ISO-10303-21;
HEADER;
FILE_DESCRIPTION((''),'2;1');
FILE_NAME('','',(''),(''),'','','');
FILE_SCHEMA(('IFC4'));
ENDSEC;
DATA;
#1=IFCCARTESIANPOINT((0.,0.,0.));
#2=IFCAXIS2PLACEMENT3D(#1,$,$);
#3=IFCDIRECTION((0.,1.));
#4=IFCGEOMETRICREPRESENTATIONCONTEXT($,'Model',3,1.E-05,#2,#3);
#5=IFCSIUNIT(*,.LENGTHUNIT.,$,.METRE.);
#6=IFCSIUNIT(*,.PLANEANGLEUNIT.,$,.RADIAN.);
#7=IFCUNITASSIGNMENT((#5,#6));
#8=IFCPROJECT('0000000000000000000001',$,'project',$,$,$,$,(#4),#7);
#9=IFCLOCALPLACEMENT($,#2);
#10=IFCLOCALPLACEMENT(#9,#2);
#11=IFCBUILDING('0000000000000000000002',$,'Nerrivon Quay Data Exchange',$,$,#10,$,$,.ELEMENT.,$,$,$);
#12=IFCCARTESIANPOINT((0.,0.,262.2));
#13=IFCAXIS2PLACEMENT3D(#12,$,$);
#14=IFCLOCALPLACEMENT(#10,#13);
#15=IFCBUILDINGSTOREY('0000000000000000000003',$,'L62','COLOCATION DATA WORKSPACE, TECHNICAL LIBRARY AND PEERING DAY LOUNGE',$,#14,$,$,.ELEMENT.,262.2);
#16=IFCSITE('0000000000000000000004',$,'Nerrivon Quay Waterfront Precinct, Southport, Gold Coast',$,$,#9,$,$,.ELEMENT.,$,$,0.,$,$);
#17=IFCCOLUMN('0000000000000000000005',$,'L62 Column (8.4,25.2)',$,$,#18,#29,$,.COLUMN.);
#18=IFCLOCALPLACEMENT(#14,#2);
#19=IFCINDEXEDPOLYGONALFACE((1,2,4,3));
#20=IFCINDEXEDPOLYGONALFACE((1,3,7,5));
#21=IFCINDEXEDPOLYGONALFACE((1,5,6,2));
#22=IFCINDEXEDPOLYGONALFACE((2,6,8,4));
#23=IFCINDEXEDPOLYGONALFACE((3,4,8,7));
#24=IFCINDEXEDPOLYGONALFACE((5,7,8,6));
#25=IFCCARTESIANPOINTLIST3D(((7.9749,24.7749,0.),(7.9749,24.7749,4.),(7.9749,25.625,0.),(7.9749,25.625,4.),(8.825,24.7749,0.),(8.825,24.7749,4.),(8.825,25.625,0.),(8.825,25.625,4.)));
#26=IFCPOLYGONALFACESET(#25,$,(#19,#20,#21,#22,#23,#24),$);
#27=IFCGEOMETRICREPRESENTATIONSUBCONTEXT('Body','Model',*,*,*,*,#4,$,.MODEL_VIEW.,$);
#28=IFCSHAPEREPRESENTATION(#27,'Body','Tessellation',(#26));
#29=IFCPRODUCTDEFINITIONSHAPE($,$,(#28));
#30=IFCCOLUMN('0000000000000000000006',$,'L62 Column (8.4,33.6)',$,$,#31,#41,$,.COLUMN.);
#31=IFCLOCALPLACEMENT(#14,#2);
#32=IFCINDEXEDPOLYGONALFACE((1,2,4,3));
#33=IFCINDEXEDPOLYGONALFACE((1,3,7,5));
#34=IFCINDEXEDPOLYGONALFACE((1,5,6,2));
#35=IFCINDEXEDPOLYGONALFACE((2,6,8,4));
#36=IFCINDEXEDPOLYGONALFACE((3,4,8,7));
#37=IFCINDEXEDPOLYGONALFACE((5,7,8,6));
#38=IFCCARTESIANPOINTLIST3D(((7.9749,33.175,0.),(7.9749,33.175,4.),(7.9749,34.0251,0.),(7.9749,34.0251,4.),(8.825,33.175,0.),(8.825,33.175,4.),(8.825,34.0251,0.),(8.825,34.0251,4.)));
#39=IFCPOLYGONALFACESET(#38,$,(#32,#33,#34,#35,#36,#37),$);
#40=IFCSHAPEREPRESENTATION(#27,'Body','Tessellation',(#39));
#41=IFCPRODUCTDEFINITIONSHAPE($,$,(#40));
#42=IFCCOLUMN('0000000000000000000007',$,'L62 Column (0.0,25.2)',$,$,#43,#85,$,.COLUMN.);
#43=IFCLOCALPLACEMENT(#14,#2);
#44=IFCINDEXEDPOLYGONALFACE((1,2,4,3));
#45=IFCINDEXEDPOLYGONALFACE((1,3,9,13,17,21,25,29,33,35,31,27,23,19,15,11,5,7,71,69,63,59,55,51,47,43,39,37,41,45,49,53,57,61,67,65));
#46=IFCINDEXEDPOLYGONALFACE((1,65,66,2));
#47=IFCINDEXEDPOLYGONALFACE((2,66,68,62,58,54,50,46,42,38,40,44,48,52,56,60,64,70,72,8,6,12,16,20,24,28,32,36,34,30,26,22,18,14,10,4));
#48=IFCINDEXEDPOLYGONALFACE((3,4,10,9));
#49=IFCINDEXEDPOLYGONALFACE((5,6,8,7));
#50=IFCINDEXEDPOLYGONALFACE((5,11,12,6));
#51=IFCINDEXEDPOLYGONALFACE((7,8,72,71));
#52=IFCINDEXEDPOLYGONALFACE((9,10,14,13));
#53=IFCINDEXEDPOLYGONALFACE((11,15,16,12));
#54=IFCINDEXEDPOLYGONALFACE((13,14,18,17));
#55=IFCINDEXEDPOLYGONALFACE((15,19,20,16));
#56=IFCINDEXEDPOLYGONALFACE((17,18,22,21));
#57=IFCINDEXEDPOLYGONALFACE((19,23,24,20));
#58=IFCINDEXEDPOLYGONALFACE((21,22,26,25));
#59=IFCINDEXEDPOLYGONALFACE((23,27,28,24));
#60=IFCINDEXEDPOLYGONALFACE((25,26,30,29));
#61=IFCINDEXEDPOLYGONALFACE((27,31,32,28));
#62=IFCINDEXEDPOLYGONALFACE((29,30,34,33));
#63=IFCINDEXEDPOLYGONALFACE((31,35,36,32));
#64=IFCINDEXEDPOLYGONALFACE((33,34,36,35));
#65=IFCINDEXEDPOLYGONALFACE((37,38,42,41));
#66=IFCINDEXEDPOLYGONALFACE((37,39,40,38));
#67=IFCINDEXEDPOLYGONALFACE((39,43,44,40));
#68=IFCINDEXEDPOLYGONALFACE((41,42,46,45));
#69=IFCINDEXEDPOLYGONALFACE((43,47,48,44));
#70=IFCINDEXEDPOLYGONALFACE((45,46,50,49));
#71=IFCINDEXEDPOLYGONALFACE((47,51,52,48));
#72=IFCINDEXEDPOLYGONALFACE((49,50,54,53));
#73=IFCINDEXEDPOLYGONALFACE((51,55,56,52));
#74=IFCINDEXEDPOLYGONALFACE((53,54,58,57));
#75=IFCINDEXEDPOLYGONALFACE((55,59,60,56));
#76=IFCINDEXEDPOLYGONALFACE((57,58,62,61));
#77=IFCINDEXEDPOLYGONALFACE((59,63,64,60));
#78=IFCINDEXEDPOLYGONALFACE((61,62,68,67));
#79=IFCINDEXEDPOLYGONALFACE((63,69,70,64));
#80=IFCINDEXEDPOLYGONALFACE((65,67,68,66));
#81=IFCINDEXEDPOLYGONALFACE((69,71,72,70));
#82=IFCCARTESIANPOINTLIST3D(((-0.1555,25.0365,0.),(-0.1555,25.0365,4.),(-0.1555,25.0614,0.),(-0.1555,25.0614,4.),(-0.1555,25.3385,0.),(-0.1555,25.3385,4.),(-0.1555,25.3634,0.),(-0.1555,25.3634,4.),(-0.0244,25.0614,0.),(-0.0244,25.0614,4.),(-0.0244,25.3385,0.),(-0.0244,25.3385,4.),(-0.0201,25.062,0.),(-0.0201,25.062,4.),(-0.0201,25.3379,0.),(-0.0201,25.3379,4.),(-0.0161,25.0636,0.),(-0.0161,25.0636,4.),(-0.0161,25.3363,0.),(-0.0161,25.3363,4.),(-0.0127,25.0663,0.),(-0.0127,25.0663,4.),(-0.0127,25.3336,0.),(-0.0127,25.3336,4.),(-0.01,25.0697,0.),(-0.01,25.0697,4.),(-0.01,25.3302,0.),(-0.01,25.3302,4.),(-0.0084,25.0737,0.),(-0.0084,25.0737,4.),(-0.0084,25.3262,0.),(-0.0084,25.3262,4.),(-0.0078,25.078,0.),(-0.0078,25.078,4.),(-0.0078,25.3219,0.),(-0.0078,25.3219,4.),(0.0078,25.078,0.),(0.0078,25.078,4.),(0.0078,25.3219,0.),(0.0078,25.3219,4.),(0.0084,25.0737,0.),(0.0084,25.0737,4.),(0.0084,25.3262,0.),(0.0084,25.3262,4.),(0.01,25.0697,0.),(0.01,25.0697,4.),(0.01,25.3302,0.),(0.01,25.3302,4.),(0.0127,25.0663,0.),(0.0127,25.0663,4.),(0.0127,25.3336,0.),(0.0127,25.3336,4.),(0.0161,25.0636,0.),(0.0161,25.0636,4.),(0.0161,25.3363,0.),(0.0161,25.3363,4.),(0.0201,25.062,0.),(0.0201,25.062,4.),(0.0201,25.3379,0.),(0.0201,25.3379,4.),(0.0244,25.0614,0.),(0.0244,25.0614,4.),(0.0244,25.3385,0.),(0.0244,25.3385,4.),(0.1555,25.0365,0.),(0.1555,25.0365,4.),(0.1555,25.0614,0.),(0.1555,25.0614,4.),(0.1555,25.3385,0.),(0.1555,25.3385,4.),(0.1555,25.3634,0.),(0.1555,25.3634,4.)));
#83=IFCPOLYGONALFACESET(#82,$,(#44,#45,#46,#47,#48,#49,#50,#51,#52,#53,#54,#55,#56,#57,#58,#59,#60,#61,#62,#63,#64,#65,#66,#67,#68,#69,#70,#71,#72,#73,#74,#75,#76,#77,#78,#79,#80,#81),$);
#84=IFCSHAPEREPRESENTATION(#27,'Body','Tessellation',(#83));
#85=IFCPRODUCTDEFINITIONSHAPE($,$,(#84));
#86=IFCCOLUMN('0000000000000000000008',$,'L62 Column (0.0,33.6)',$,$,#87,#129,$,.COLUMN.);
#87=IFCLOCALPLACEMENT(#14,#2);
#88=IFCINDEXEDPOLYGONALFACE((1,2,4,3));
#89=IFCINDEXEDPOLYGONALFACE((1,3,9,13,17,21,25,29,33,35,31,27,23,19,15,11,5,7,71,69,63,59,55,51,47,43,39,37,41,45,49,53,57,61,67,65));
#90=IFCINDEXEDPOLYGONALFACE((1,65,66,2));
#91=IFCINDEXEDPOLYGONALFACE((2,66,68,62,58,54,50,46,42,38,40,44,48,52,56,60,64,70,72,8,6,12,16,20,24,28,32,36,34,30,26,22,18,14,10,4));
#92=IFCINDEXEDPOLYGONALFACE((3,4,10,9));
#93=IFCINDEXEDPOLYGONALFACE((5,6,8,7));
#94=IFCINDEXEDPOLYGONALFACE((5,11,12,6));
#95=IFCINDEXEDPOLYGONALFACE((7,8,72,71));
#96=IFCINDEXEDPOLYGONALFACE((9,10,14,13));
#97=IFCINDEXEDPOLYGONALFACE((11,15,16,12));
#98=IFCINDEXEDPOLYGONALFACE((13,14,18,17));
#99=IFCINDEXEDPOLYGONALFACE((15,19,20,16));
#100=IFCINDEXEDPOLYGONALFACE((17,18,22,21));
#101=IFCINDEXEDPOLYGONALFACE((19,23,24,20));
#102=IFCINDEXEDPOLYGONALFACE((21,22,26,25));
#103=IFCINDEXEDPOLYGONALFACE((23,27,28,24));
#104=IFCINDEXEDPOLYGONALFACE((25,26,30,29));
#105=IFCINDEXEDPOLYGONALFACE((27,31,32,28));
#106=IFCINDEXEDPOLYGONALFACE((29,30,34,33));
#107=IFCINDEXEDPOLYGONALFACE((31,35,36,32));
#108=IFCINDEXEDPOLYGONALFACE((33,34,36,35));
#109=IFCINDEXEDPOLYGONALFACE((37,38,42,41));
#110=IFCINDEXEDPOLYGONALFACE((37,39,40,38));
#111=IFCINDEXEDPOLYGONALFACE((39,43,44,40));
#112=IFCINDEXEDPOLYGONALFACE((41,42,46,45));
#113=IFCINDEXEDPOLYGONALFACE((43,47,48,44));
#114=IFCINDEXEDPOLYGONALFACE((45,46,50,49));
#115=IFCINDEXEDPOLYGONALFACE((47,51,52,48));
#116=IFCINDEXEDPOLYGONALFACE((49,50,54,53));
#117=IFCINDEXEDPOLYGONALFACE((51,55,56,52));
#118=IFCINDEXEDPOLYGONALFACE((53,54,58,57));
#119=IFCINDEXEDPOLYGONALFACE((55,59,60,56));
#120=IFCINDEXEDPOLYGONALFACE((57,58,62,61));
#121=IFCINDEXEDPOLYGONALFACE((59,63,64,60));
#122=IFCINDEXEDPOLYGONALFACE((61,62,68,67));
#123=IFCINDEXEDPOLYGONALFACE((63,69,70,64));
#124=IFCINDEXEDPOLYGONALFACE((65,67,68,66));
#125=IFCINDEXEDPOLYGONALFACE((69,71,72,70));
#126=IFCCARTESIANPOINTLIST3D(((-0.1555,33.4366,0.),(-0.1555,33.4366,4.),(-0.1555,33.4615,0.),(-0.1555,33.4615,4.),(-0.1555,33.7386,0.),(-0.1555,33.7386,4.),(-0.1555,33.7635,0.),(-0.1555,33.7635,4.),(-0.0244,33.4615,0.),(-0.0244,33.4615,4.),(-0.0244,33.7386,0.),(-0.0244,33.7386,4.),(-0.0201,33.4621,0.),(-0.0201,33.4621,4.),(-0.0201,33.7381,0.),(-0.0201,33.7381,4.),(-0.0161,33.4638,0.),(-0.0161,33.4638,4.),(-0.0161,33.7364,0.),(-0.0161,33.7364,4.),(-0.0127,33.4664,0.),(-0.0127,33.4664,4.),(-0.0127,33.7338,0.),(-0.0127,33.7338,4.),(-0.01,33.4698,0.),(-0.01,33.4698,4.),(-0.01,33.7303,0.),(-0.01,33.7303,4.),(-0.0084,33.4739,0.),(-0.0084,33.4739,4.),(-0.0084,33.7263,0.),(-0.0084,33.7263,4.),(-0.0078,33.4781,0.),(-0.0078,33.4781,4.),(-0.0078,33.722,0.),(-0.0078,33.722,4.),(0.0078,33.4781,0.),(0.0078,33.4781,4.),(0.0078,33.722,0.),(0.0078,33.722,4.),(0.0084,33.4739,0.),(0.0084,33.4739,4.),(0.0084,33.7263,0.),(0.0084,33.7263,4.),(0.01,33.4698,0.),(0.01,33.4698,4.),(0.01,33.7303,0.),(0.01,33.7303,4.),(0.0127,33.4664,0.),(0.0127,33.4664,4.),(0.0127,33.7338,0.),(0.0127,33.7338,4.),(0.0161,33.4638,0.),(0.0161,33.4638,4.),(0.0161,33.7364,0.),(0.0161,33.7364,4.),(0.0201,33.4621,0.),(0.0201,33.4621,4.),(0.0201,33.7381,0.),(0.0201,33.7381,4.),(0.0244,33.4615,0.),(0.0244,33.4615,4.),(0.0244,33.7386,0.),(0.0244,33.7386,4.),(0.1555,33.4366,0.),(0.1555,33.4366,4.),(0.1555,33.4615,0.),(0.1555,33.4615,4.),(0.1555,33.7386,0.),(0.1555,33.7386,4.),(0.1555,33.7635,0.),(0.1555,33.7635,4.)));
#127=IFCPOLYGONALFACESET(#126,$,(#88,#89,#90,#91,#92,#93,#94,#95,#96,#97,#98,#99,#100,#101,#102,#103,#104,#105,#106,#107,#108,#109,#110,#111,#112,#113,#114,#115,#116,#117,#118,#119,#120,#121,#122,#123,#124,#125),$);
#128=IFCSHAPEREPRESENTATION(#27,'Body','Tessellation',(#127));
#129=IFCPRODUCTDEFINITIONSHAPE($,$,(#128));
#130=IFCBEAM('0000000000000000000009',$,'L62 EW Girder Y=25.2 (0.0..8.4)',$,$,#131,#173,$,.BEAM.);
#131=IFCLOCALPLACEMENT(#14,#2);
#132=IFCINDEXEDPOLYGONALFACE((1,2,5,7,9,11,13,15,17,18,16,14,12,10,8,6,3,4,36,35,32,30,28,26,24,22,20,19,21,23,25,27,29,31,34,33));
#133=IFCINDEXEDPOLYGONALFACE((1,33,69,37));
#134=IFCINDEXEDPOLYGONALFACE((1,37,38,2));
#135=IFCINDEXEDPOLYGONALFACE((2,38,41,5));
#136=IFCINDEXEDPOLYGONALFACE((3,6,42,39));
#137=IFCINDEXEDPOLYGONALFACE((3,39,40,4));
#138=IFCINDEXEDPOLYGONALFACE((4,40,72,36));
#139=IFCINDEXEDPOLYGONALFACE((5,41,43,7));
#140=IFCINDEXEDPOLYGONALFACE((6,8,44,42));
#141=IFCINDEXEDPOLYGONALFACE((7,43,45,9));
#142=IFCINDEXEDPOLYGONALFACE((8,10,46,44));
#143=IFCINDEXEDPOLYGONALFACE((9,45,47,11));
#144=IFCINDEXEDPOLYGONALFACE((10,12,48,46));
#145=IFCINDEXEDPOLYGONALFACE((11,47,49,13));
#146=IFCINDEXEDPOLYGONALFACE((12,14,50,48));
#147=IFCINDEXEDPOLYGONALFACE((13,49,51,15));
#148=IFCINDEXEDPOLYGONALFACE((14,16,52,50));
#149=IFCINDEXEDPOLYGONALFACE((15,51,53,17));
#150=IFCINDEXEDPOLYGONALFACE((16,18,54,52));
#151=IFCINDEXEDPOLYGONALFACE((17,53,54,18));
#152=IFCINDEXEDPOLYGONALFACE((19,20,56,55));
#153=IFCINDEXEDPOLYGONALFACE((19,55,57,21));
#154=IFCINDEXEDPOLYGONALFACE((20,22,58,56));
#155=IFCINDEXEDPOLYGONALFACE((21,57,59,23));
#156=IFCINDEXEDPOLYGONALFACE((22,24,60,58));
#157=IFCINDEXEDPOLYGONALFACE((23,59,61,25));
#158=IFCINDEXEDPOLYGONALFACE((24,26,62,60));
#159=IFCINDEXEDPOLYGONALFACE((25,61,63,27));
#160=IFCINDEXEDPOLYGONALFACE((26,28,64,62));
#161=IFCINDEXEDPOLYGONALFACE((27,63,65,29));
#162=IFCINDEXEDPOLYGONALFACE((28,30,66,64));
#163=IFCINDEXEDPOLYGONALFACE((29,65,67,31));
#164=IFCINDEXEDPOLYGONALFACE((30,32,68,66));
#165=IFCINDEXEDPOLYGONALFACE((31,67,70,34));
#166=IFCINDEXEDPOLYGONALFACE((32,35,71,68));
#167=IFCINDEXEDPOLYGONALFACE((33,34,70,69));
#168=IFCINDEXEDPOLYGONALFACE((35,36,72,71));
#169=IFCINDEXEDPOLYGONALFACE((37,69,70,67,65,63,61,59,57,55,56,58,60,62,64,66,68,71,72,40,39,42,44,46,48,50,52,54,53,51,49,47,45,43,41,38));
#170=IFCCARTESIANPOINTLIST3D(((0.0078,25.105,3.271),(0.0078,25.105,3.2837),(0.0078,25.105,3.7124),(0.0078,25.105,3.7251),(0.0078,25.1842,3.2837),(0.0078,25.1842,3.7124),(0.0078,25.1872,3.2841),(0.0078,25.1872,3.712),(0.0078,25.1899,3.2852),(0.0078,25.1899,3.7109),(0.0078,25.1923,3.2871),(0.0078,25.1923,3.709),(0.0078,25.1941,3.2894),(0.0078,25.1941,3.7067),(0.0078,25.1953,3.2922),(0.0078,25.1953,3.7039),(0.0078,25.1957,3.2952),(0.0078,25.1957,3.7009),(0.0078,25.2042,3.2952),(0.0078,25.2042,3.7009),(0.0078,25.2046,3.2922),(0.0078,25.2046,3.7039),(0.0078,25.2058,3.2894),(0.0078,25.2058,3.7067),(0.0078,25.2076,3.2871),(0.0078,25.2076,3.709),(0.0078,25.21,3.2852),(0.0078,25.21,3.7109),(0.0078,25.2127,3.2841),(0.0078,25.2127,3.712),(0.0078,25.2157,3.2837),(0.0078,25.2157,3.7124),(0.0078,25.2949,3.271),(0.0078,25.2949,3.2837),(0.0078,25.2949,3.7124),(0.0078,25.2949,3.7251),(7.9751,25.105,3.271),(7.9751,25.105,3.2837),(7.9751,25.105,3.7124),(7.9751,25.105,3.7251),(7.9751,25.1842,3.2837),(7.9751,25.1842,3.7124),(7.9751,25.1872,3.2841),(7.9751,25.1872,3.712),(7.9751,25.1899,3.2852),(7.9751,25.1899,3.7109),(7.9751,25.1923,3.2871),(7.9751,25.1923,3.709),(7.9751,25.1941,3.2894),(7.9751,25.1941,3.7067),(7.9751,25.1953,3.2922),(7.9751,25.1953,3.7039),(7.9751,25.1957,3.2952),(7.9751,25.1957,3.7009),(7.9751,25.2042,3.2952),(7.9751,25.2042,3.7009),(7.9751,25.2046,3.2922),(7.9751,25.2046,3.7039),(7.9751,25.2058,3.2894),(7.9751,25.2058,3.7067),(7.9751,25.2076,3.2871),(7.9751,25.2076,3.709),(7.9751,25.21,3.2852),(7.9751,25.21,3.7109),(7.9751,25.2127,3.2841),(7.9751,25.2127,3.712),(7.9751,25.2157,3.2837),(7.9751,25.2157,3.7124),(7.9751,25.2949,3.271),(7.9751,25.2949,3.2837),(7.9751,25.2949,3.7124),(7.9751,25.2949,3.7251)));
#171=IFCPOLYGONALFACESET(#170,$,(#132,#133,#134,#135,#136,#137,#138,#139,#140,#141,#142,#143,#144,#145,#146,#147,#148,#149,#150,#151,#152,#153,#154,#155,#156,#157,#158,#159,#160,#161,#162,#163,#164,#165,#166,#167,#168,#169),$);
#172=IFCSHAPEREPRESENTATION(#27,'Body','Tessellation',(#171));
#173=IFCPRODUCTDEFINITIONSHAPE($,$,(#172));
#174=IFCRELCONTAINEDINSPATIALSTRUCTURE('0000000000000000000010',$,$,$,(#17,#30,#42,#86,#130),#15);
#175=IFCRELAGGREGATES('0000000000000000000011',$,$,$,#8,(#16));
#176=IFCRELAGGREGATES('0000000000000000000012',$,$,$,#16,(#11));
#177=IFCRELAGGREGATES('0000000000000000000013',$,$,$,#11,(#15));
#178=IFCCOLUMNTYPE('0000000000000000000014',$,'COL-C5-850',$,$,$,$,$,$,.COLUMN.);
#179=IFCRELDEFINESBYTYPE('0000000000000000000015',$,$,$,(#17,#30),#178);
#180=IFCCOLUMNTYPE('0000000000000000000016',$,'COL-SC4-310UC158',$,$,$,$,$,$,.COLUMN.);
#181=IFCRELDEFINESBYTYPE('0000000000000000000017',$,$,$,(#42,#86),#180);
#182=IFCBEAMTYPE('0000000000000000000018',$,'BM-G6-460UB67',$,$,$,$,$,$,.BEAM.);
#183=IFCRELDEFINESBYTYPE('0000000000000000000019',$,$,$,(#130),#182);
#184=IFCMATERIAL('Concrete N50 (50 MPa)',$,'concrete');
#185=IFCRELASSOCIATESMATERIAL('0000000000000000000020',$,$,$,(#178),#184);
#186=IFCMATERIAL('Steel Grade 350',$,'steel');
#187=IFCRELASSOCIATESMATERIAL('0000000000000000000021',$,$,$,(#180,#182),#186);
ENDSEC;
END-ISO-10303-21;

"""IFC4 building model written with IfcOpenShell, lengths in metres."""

from ifc_helpers import new_model, si_unit, direction, frame, origin, origin_2d, place, context, subcontext, project, spatial, rectangle, i_section, extrude, material, material_profile, profile_set, type_object, element, save


model = new_model("IFC4")

# Units and contexts
model_context = context("Model", 3, precision=1e-05, world=origin(), true_north=direction((0.0, 1.0)))
body_context = subcontext(model_context, "Body", "Model", "MODEL_VIEW")
ifc_project = project(units=[si_unit("LENGTHUNIT", "METRE"), si_unit("PLANEANGLEUNIT", "RADIAN")], contexts=[model_context])

# Site, building, storey
site_placement = place(None, origin())
site = spatial("IfcSite", under=ifc_project, at=site_placement, Name="Nerrivon Quay Waterfront Precinct, Southport, Gold Coast", CompositionType="ELEMENT", RefElevation=0.0)
building_placement = place(site_placement, origin())
building = spatial("IfcBuilding", under=site, at=building_placement, Name="Nerrivon Quay Data Exchange", CompositionType="ELEMENT")
storey_placement = place(building_placement, frame((0.0, 0.0, 262.2)))
storey = spatial("IfcBuildingStorey", under=building, at=storey_placement, Name="L62", Description="COLOCATION DATA WORKSPACE, TECHNICAL LIBRARY AND PEERING DAY LOUNGE", CompositionType="ELEMENT", Elevation=262.2)

# Columns
ifc_material_1 = material(Name="Concrete N50 (50 MPa)", Category="concrete")
ifc_material_profile_1 = material_profile(ifc_material_1, rectangle(XDim=0.8501, YDim=0.8501, at=origin_2d()), Name="RC-COL-850x850")
ifc_profile_set_1 = profile_set([ifc_material_profile_1], Name="Concrete N50 (50 MPa)")
column_type_1 = type_object("IfcColumnType", Name="COL-C5-850", PredefinedType="COLUMN", material=ifc_profile_set_1)
for number, where, z_axis, x_axis, name in (
    (1, (8.3999, 25.2, 0.0), (0.0, 0.0, 1.0), (1.0, 0.0, 0.0), "L62 Column (8.4,25.2)"),
    (2, (8.3999, 33.6001, 0.0), (0.0, 0.0, 1.0), (1.0, 0.0, 0.0), "L62 Column (8.4,33.6)"),
):
    element("IfcColumn", number, at=place(storey_placement, frame(where, z_axis=z_axis, x_axis=x_axis)), inside=storey, type_object=column_type_1, Name=name, PredefinedType="COLUMN", context=body_context, shape_type="SweptSolid", body=[
        extrude(rectangle(XDim=0.8501, YDim=0.8501, at=origin_2d()), origin(), (0.0, 0.0, 1.0), 4.0),
    ])
ifc_material_2 = material(Name="Steel Grade 350", Category="steel")
ifc_material_profile_2 = material_profile(ifc_material_2, i_section(OverallWidth=0.311, OverallDepth=0.3269, WebThickness=0.0156, FlangeThickness=0.0249, FilletRadius=0.0166, at=origin_2d()), Name="310UC158")
ifc_profile_set_2 = profile_set([ifc_material_profile_2], Name="Steel Grade 350")
column_type_2 = type_object("IfcColumnType", Name="COL-SC4-310UC158", PredefinedType="COLUMN", material=ifc_profile_set_2)
for number, where, z_axis, x_axis, name in (
    (3, (0.0, 25.2, 0.0), (0.0, 0.0, 1.0), (1.0, 0.0, 0.0), "L62 Column (0.0,25.2)"),
    (4, (0.0, 33.6001, 0.0), (0.0, 0.0, 1.0), (1.0, 0.0, 0.0), "L62 Column (0.0,33.6)"),
):
    element("IfcColumn", number, at=place(storey_placement, frame(where, z_axis=z_axis, x_axis=x_axis)), inside=storey, type_object=column_type_2, Name=name, PredefinedType="COLUMN", context=body_context, shape_type="SweptSolid", body=[
        extrude(i_section(OverallWidth=0.311, OverallDepth=0.3269, WebThickness=0.0156, FlangeThickness=0.0249, FilletRadius=0.0166, at=origin_2d()), origin(), (0.0, 0.0, 1.0), 4.0),
    ])

# Beam
ifc_material_profile_3 = material_profile(ifc_material_2, i_section(OverallWidth=0.1899, OverallDepth=0.4541, WebThickness=0.0085, FlangeThickness=0.0127, FilletRadius=0.0115, at=origin_2d()), Name="460UB67.1")
ifc_profile_set_3 = profile_set([ifc_material_profile_3], Name="Steel Grade 350")
beam_type_1 = type_object("IfcBeamType", Name="BM-G6-460UB67", PredefinedType="BEAM", material=ifc_profile_set_3)
for number, where, z_axis, x_axis, name in (
    (5, (0.0078, 25.2, 3.498), (1.0, 0.0, 0.0), (0.0, 1.0, 0.0), "L62 EW Girder Y=25.2 (0.0..8.4)"),
):
    element("IfcBeam", number, at=place(storey_placement, frame(where, z_axis=z_axis, x_axis=x_axis)), inside=storey, type_object=beam_type_1, Name=name, PredefinedType="BEAM", context=body_context, shape_type="SweptSolid", body=[
        extrude(i_section(OverallWidth=0.1899, OverallDepth=0.4541, WebThickness=0.0085, FlangeThickness=0.0127, FilletRadius=0.0115, at=origin_2d()), origin(), (0.0, 0.0, 1.0), 7.9673),
    ])

save(model, "model.ifc")
